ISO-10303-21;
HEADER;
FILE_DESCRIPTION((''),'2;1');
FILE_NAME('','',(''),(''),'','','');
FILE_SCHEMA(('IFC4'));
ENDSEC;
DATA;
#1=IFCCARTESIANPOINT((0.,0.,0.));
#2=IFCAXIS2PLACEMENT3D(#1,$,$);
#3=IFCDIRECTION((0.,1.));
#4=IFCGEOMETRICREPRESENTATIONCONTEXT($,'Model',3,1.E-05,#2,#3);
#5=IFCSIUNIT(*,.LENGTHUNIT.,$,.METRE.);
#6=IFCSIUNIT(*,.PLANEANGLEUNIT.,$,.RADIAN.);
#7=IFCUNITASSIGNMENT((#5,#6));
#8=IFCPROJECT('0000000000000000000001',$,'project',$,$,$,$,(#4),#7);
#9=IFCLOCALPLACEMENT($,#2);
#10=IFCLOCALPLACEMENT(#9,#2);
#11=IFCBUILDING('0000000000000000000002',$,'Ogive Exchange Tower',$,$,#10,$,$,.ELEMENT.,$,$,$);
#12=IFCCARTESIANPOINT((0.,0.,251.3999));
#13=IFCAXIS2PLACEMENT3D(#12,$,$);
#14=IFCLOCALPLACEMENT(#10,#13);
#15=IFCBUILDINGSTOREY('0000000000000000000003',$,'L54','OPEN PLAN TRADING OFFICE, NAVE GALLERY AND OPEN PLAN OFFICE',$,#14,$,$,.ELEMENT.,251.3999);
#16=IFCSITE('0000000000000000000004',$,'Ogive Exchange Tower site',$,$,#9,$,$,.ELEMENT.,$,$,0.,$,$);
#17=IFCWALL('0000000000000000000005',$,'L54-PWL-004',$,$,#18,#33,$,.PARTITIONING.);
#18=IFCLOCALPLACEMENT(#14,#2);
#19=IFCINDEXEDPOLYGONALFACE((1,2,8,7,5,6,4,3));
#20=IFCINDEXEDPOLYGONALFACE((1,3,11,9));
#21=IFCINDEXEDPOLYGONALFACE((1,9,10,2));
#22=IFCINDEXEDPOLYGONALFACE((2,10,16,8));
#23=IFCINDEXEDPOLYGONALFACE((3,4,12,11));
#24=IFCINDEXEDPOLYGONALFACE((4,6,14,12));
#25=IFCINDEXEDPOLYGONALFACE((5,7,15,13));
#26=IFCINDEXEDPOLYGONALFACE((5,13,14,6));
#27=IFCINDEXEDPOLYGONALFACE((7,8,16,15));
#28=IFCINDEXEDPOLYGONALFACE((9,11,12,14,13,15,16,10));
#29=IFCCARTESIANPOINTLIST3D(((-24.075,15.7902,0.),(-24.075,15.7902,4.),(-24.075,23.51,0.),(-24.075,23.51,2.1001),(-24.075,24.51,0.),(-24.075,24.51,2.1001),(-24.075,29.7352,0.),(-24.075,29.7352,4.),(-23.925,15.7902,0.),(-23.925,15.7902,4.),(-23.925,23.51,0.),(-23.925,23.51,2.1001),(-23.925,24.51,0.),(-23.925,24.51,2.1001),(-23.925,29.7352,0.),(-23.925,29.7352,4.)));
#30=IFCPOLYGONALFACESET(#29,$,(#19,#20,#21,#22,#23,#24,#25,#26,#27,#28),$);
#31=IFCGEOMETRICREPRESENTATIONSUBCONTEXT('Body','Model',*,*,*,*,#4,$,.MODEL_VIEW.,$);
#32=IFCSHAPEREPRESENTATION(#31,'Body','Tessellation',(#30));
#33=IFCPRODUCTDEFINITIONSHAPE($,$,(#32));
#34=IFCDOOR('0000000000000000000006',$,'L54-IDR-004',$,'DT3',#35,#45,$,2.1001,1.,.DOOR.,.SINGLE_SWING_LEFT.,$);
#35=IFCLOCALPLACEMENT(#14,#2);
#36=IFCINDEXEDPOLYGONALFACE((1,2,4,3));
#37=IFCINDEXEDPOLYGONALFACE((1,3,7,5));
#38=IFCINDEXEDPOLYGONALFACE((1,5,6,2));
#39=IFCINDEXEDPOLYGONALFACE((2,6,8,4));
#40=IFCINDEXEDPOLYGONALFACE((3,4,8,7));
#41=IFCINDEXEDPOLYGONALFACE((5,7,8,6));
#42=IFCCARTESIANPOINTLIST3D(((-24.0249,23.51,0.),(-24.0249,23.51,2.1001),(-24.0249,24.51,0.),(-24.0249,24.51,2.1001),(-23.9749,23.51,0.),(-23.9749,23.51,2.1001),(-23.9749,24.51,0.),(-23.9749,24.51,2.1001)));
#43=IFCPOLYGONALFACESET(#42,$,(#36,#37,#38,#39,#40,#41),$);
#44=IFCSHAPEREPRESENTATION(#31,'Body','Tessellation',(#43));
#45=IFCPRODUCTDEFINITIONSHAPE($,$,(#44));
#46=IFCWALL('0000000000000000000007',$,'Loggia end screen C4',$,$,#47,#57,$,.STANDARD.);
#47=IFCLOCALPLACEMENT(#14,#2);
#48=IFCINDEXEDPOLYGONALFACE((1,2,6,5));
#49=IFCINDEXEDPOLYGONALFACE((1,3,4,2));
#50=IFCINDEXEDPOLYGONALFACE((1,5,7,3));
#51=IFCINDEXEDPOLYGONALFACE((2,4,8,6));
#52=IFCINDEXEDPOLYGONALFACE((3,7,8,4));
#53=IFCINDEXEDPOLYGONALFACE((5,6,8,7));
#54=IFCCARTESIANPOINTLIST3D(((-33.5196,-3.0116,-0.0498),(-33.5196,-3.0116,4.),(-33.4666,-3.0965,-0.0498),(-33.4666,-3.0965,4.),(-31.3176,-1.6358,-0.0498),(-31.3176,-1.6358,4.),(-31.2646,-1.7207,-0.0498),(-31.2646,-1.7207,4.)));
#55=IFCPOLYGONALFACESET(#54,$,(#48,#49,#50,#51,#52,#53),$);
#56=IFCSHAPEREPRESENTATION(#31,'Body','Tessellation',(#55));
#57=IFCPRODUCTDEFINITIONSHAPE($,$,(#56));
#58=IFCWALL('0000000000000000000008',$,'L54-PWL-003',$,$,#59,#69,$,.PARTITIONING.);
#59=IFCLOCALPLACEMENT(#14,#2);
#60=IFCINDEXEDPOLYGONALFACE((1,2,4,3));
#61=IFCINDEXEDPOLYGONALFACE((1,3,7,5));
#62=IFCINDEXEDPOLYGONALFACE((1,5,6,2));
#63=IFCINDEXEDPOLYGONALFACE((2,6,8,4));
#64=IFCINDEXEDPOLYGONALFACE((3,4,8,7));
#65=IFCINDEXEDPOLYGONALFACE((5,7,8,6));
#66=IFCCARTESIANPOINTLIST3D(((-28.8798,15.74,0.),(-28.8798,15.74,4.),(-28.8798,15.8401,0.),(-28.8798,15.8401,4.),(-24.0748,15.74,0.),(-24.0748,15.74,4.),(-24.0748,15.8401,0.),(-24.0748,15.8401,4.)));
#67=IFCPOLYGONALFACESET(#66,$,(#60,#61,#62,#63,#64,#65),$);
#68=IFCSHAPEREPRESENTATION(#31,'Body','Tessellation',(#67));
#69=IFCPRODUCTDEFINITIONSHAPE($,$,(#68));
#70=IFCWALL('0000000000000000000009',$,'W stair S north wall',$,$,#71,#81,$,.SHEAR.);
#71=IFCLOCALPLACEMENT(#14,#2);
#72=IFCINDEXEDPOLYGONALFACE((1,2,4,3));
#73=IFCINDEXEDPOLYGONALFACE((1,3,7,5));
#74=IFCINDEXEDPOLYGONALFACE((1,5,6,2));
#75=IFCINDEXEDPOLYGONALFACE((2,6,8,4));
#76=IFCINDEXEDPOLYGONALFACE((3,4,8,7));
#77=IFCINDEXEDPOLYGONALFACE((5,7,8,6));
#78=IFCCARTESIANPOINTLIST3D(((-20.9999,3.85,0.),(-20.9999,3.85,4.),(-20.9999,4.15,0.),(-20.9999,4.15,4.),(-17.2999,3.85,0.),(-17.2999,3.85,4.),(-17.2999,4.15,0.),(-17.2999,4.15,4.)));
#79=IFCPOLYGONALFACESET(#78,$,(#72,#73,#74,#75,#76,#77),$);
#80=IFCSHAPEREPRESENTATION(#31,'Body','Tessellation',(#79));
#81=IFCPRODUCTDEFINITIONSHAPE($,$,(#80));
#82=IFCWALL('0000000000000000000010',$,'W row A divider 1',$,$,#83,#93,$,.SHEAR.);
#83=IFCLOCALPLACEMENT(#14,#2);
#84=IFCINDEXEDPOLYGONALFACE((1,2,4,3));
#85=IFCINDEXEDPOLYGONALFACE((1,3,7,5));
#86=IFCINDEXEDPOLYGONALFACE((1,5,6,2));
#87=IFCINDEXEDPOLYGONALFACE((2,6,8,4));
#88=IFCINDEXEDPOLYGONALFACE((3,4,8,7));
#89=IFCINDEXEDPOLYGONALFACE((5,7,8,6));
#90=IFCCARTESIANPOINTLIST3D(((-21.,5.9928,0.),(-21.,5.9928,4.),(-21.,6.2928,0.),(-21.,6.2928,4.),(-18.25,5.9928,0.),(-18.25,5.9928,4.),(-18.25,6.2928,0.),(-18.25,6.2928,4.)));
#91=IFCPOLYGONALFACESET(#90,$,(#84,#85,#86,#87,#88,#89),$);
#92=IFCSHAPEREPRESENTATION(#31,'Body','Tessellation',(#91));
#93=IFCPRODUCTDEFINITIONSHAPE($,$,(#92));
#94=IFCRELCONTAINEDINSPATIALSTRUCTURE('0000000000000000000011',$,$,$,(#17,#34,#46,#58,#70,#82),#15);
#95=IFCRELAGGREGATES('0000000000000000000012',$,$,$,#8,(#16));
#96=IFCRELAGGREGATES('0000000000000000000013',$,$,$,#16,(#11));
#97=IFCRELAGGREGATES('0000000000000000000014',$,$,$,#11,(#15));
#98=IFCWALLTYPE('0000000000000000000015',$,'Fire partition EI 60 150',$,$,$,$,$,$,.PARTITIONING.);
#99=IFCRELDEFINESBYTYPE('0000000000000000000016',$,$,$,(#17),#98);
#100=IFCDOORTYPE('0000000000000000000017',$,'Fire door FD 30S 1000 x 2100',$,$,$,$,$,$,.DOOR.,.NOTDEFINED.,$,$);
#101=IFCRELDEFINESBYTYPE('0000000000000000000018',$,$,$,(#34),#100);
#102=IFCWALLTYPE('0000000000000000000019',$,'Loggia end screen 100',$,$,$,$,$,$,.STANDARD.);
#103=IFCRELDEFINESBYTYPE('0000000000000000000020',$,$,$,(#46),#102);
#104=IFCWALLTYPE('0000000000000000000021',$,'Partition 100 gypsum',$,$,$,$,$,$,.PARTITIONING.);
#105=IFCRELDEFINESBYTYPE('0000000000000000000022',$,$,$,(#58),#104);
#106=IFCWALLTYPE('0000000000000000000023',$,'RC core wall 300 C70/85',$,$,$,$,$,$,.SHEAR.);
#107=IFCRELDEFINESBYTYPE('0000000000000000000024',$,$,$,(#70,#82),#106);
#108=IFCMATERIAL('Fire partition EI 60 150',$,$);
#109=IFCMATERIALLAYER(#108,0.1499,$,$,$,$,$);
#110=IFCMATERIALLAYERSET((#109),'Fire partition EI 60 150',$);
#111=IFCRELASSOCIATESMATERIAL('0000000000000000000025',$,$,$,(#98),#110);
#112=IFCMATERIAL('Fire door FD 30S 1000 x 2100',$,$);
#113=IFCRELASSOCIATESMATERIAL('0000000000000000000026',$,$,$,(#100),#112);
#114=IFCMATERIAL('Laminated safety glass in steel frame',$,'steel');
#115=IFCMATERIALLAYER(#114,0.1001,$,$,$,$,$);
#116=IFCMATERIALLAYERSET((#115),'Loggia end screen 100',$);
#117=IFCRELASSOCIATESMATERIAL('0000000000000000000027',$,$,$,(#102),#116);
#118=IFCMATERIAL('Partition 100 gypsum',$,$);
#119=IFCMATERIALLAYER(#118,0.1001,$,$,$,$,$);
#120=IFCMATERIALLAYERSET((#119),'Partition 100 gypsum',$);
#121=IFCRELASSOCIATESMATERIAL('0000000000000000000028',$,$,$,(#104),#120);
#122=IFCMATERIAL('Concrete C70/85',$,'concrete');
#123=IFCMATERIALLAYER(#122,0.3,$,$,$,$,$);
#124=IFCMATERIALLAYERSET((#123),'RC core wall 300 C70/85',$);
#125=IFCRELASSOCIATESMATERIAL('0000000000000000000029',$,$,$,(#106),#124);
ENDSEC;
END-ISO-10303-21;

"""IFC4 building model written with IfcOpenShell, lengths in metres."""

from ifc_helpers import new_model, si_unit, direction, frame, frame_2d, origin, place, context, subcontext, project, spatial, rectangle, extrude, material, layer, layer_set, type_object, element, fill, save


model = new_model("IFC4")

# Units and contexts
model_context = context("Model", 3, precision=1e-05, world=origin(), true_north=direction((0.0, 1.0)))
body_context = subcontext(model_context, "Body", "Model", "MODEL_VIEW")
ifc_project = project(units=[si_unit("LENGTHUNIT", "METRE"), si_unit("PLANEANGLEUNIT", "RADIAN")], contexts=[model_context])

# Site, building, storey
site_placement = place(None, origin())
site = spatial("IfcSite", under=ifc_project, at=site_placement, Name="Ogive Exchange Tower site", CompositionType="ELEMENT", RefElevation=0.0)
building_placement = place(site_placement, origin())
building = spatial("IfcBuilding", under=site, at=building_placement, Name="Ogive Exchange Tower", CompositionType="ELEMENT")
storey_placement = place(building_placement, frame((0.0, 0.0, 251.3999)))
storey = spatial("IfcBuildingStorey", under=building, at=storey_placement, Name="L54", Description="OPEN PLAN TRADING OFFICE, NAVE GALLERY AND OPEN PLAN OFFICE", CompositionType="ELEMENT", Elevation=251.3999)

# Wall, opening, door
ifc_material_1 = material(Name="Fire partition EI 60 150")
ifc_layer_1 = layer(ifc_material_1, 0.1499)
ifc_layer_set_1 = layer_set([ifc_layer_1], Name="Fire partition EI 60 150")
wall_type_1 = type_object("IfcWallType", Name="Fire partition EI 60 150", PredefinedType="PARTITIONING", material=ifc_layer_set_1)
wall_1_placement = place(storey_placement, frame((-24.0, 15.79, 0.0), z_axis=(0.0, 0.0, 1.0), x_axis=(0.0, 1.0, 0.0)))
wall_1 = element("IfcWall", 1, at=wall_1_placement, inside=storey, type_object=wall_type_1, Name="L54-PWL-004", PredefinedType="PARTITIONING", context=body_context, shape_type="SweptSolid", body=[
    extrude(rectangle(XDim=13.9451, YDim=0.1499, at=frame_2d((6.9727, 0.0))), origin(), (0.0, 0.0, 1.0), 4.0),
])
opening_placement = place(wall_1_placement, frame((7.72, 0.0, 0.0)))
opening = element("IfcOpeningElement", 2, at=opening_placement, cuts=wall_1, PredefinedType="OPENING", context=body_context, shape_type="SweptSolid", body=[
    extrude(rectangle(XDim=1.0, YDim=2.1001, at=frame_2d((0.5, 1.05))), frame((0.0, 0.085, 0.0), z_axis=(0.0, -1.0, 0.0), x_axis=(1.0, 0.0, 0.0)), (0.0, 0.0, 1.0), 0.1699),
])
ifc_material_2 = material(Name="Fire door FD 30S 1000 x 2100")
door_type = type_object("IfcDoorType", Name="Fire door FD 30S 1000 x 2100", OperationType="NOTDEFINED", PredefinedType="DOOR", material=ifc_material_2)
door_placement = place(opening_placement, origin())
door = element("IfcDoor", 3, at=door_placement, inside=storey, type_object=door_type, Name="L54-IDR-004", ObjectType="DT3", OperationType="SINGLE_SWING_LEFT", OverallHeight=2.1001, OverallWidth=1.0, PredefinedType="DOOR", context=body_context, shape_type="SweptSolid", body=[
    extrude(rectangle(XDim=1.0, YDim=2.1001, at=frame_2d((0.5, 1.05))), frame((0.0, 0.0249, 0.0), z_axis=(0.0, -1.0, 0.0), x_axis=(1.0, 0.0, 0.0)), (0.0, 0.0, 1.0), 0.05),
])
fill(opening, door)

# Walls
ifc_material_3 = material(Name="Laminated safety glass in steel frame", Category="steel")
ifc_layer_2 = layer(ifc_material_3, 0.1001)
ifc_layer_set_2 = layer_set([ifc_layer_2], Name="Loggia end screen 100")
wall_type_2 = type_object("IfcWallType", Name="Loggia end screen 100", PredefinedType="STANDARD", material=ifc_layer_set_2)
wall_2_placement = place(storey_placement, frame((-31.291, -1.6782, -0.0498), z_axis=(0.0, 0.0, 1.0), x_axis=(-0.848078, -0.529872, 0.0)))
element("IfcWall", 4, at=wall_2_placement, inside=storey, type_object=wall_type_2, Name="Loggia end screen C4", PredefinedType="STANDARD", context=body_context, shape_type="SweptSolid", body=[
    extrude(rectangle(XDim=2.5964, YDim=0.1001, at=frame_2d((1.2983, 0.0))), origin(), (0.0, 0.0, 1.0), 4.0498),
])
ifc_material_4 = material(Name="Partition 100 gypsum")
ifc_layer_3 = layer(ifc_material_4, 0.1001)
ifc_layer_set_3 = layer_set([ifc_layer_3], Name="Partition 100 gypsum")
wall_type_3 = type_object("IfcWallType", Name="Partition 100 gypsum", PredefinedType="PARTITIONING", material=ifc_layer_set_3)
wall_3_placement = place(storey_placement, frame((-24.075, 15.79, 0.0), z_axis=(0.0, 0.0, 1.0), x_axis=(-1.0, 0.0, 0.0)))
element("IfcWall", 5, at=wall_3_placement, inside=storey, type_object=wall_type_3, Name="L54-PWL-003", PredefinedType="PARTITIONING", context=body_context, shape_type="SweptSolid", body=[
    extrude(rectangle(XDim=4.8049, YDim=0.1001, at=frame_2d((2.4023, 0.0))), origin(), (0.0, 0.0, 1.0), 4.0),
])
ifc_material_5 = material(Name="Concrete C70/85", Category="concrete")
ifc_layer_4 = layer(ifc_material_5, 0.3)
ifc_layer_set_4 = layer_set([ifc_layer_4], Name="RC core wall 300 C70/85")
wall_type_4 = type_object("IfcWallType", Name="RC core wall 300 C70/85", PredefinedType="SHEAR", material=ifc_layer_set_4)
wall_4_placement = place(storey_placement, frame((-21.0, 4.0, 0.0), z_axis=(0.0, 0.0, 1.0), x_axis=(1.0, 0.0, 0.0)))
element("IfcWall", 6, at=wall_4_placement, inside=storey, type_object=wall_type_4, Name="W stair S north wall", PredefinedType="SHEAR", context=body_context, shape_type="SweptSolid", body=[
    extrude(rectangle(XDim=3.7, YDim=0.3, at=frame_2d((1.8501, 0.0))), origin(), (0.0, 0.0, 1.0), 4.0),
])
wall_5_placement = place(storey_placement, frame((-21.0, 6.1428, 0.0), z_axis=(0.0, 0.0, 1.0), x_axis=(1.0, 0.0, 0.0)))
element("IfcWall", 7, at=wall_5_placement, inside=storey, type_object=wall_type_4, Name="W row A divider 1", PredefinedType="SHEAR", context=body_context, shape_type="SweptSolid", body=[
    extrude(rectangle(XDim=2.75, YDim=0.3, at=frame_2d((1.375, 0.0))), origin(), (0.0, 0.0, 1.0), 4.0),
])

save(model, "model.ifc")
